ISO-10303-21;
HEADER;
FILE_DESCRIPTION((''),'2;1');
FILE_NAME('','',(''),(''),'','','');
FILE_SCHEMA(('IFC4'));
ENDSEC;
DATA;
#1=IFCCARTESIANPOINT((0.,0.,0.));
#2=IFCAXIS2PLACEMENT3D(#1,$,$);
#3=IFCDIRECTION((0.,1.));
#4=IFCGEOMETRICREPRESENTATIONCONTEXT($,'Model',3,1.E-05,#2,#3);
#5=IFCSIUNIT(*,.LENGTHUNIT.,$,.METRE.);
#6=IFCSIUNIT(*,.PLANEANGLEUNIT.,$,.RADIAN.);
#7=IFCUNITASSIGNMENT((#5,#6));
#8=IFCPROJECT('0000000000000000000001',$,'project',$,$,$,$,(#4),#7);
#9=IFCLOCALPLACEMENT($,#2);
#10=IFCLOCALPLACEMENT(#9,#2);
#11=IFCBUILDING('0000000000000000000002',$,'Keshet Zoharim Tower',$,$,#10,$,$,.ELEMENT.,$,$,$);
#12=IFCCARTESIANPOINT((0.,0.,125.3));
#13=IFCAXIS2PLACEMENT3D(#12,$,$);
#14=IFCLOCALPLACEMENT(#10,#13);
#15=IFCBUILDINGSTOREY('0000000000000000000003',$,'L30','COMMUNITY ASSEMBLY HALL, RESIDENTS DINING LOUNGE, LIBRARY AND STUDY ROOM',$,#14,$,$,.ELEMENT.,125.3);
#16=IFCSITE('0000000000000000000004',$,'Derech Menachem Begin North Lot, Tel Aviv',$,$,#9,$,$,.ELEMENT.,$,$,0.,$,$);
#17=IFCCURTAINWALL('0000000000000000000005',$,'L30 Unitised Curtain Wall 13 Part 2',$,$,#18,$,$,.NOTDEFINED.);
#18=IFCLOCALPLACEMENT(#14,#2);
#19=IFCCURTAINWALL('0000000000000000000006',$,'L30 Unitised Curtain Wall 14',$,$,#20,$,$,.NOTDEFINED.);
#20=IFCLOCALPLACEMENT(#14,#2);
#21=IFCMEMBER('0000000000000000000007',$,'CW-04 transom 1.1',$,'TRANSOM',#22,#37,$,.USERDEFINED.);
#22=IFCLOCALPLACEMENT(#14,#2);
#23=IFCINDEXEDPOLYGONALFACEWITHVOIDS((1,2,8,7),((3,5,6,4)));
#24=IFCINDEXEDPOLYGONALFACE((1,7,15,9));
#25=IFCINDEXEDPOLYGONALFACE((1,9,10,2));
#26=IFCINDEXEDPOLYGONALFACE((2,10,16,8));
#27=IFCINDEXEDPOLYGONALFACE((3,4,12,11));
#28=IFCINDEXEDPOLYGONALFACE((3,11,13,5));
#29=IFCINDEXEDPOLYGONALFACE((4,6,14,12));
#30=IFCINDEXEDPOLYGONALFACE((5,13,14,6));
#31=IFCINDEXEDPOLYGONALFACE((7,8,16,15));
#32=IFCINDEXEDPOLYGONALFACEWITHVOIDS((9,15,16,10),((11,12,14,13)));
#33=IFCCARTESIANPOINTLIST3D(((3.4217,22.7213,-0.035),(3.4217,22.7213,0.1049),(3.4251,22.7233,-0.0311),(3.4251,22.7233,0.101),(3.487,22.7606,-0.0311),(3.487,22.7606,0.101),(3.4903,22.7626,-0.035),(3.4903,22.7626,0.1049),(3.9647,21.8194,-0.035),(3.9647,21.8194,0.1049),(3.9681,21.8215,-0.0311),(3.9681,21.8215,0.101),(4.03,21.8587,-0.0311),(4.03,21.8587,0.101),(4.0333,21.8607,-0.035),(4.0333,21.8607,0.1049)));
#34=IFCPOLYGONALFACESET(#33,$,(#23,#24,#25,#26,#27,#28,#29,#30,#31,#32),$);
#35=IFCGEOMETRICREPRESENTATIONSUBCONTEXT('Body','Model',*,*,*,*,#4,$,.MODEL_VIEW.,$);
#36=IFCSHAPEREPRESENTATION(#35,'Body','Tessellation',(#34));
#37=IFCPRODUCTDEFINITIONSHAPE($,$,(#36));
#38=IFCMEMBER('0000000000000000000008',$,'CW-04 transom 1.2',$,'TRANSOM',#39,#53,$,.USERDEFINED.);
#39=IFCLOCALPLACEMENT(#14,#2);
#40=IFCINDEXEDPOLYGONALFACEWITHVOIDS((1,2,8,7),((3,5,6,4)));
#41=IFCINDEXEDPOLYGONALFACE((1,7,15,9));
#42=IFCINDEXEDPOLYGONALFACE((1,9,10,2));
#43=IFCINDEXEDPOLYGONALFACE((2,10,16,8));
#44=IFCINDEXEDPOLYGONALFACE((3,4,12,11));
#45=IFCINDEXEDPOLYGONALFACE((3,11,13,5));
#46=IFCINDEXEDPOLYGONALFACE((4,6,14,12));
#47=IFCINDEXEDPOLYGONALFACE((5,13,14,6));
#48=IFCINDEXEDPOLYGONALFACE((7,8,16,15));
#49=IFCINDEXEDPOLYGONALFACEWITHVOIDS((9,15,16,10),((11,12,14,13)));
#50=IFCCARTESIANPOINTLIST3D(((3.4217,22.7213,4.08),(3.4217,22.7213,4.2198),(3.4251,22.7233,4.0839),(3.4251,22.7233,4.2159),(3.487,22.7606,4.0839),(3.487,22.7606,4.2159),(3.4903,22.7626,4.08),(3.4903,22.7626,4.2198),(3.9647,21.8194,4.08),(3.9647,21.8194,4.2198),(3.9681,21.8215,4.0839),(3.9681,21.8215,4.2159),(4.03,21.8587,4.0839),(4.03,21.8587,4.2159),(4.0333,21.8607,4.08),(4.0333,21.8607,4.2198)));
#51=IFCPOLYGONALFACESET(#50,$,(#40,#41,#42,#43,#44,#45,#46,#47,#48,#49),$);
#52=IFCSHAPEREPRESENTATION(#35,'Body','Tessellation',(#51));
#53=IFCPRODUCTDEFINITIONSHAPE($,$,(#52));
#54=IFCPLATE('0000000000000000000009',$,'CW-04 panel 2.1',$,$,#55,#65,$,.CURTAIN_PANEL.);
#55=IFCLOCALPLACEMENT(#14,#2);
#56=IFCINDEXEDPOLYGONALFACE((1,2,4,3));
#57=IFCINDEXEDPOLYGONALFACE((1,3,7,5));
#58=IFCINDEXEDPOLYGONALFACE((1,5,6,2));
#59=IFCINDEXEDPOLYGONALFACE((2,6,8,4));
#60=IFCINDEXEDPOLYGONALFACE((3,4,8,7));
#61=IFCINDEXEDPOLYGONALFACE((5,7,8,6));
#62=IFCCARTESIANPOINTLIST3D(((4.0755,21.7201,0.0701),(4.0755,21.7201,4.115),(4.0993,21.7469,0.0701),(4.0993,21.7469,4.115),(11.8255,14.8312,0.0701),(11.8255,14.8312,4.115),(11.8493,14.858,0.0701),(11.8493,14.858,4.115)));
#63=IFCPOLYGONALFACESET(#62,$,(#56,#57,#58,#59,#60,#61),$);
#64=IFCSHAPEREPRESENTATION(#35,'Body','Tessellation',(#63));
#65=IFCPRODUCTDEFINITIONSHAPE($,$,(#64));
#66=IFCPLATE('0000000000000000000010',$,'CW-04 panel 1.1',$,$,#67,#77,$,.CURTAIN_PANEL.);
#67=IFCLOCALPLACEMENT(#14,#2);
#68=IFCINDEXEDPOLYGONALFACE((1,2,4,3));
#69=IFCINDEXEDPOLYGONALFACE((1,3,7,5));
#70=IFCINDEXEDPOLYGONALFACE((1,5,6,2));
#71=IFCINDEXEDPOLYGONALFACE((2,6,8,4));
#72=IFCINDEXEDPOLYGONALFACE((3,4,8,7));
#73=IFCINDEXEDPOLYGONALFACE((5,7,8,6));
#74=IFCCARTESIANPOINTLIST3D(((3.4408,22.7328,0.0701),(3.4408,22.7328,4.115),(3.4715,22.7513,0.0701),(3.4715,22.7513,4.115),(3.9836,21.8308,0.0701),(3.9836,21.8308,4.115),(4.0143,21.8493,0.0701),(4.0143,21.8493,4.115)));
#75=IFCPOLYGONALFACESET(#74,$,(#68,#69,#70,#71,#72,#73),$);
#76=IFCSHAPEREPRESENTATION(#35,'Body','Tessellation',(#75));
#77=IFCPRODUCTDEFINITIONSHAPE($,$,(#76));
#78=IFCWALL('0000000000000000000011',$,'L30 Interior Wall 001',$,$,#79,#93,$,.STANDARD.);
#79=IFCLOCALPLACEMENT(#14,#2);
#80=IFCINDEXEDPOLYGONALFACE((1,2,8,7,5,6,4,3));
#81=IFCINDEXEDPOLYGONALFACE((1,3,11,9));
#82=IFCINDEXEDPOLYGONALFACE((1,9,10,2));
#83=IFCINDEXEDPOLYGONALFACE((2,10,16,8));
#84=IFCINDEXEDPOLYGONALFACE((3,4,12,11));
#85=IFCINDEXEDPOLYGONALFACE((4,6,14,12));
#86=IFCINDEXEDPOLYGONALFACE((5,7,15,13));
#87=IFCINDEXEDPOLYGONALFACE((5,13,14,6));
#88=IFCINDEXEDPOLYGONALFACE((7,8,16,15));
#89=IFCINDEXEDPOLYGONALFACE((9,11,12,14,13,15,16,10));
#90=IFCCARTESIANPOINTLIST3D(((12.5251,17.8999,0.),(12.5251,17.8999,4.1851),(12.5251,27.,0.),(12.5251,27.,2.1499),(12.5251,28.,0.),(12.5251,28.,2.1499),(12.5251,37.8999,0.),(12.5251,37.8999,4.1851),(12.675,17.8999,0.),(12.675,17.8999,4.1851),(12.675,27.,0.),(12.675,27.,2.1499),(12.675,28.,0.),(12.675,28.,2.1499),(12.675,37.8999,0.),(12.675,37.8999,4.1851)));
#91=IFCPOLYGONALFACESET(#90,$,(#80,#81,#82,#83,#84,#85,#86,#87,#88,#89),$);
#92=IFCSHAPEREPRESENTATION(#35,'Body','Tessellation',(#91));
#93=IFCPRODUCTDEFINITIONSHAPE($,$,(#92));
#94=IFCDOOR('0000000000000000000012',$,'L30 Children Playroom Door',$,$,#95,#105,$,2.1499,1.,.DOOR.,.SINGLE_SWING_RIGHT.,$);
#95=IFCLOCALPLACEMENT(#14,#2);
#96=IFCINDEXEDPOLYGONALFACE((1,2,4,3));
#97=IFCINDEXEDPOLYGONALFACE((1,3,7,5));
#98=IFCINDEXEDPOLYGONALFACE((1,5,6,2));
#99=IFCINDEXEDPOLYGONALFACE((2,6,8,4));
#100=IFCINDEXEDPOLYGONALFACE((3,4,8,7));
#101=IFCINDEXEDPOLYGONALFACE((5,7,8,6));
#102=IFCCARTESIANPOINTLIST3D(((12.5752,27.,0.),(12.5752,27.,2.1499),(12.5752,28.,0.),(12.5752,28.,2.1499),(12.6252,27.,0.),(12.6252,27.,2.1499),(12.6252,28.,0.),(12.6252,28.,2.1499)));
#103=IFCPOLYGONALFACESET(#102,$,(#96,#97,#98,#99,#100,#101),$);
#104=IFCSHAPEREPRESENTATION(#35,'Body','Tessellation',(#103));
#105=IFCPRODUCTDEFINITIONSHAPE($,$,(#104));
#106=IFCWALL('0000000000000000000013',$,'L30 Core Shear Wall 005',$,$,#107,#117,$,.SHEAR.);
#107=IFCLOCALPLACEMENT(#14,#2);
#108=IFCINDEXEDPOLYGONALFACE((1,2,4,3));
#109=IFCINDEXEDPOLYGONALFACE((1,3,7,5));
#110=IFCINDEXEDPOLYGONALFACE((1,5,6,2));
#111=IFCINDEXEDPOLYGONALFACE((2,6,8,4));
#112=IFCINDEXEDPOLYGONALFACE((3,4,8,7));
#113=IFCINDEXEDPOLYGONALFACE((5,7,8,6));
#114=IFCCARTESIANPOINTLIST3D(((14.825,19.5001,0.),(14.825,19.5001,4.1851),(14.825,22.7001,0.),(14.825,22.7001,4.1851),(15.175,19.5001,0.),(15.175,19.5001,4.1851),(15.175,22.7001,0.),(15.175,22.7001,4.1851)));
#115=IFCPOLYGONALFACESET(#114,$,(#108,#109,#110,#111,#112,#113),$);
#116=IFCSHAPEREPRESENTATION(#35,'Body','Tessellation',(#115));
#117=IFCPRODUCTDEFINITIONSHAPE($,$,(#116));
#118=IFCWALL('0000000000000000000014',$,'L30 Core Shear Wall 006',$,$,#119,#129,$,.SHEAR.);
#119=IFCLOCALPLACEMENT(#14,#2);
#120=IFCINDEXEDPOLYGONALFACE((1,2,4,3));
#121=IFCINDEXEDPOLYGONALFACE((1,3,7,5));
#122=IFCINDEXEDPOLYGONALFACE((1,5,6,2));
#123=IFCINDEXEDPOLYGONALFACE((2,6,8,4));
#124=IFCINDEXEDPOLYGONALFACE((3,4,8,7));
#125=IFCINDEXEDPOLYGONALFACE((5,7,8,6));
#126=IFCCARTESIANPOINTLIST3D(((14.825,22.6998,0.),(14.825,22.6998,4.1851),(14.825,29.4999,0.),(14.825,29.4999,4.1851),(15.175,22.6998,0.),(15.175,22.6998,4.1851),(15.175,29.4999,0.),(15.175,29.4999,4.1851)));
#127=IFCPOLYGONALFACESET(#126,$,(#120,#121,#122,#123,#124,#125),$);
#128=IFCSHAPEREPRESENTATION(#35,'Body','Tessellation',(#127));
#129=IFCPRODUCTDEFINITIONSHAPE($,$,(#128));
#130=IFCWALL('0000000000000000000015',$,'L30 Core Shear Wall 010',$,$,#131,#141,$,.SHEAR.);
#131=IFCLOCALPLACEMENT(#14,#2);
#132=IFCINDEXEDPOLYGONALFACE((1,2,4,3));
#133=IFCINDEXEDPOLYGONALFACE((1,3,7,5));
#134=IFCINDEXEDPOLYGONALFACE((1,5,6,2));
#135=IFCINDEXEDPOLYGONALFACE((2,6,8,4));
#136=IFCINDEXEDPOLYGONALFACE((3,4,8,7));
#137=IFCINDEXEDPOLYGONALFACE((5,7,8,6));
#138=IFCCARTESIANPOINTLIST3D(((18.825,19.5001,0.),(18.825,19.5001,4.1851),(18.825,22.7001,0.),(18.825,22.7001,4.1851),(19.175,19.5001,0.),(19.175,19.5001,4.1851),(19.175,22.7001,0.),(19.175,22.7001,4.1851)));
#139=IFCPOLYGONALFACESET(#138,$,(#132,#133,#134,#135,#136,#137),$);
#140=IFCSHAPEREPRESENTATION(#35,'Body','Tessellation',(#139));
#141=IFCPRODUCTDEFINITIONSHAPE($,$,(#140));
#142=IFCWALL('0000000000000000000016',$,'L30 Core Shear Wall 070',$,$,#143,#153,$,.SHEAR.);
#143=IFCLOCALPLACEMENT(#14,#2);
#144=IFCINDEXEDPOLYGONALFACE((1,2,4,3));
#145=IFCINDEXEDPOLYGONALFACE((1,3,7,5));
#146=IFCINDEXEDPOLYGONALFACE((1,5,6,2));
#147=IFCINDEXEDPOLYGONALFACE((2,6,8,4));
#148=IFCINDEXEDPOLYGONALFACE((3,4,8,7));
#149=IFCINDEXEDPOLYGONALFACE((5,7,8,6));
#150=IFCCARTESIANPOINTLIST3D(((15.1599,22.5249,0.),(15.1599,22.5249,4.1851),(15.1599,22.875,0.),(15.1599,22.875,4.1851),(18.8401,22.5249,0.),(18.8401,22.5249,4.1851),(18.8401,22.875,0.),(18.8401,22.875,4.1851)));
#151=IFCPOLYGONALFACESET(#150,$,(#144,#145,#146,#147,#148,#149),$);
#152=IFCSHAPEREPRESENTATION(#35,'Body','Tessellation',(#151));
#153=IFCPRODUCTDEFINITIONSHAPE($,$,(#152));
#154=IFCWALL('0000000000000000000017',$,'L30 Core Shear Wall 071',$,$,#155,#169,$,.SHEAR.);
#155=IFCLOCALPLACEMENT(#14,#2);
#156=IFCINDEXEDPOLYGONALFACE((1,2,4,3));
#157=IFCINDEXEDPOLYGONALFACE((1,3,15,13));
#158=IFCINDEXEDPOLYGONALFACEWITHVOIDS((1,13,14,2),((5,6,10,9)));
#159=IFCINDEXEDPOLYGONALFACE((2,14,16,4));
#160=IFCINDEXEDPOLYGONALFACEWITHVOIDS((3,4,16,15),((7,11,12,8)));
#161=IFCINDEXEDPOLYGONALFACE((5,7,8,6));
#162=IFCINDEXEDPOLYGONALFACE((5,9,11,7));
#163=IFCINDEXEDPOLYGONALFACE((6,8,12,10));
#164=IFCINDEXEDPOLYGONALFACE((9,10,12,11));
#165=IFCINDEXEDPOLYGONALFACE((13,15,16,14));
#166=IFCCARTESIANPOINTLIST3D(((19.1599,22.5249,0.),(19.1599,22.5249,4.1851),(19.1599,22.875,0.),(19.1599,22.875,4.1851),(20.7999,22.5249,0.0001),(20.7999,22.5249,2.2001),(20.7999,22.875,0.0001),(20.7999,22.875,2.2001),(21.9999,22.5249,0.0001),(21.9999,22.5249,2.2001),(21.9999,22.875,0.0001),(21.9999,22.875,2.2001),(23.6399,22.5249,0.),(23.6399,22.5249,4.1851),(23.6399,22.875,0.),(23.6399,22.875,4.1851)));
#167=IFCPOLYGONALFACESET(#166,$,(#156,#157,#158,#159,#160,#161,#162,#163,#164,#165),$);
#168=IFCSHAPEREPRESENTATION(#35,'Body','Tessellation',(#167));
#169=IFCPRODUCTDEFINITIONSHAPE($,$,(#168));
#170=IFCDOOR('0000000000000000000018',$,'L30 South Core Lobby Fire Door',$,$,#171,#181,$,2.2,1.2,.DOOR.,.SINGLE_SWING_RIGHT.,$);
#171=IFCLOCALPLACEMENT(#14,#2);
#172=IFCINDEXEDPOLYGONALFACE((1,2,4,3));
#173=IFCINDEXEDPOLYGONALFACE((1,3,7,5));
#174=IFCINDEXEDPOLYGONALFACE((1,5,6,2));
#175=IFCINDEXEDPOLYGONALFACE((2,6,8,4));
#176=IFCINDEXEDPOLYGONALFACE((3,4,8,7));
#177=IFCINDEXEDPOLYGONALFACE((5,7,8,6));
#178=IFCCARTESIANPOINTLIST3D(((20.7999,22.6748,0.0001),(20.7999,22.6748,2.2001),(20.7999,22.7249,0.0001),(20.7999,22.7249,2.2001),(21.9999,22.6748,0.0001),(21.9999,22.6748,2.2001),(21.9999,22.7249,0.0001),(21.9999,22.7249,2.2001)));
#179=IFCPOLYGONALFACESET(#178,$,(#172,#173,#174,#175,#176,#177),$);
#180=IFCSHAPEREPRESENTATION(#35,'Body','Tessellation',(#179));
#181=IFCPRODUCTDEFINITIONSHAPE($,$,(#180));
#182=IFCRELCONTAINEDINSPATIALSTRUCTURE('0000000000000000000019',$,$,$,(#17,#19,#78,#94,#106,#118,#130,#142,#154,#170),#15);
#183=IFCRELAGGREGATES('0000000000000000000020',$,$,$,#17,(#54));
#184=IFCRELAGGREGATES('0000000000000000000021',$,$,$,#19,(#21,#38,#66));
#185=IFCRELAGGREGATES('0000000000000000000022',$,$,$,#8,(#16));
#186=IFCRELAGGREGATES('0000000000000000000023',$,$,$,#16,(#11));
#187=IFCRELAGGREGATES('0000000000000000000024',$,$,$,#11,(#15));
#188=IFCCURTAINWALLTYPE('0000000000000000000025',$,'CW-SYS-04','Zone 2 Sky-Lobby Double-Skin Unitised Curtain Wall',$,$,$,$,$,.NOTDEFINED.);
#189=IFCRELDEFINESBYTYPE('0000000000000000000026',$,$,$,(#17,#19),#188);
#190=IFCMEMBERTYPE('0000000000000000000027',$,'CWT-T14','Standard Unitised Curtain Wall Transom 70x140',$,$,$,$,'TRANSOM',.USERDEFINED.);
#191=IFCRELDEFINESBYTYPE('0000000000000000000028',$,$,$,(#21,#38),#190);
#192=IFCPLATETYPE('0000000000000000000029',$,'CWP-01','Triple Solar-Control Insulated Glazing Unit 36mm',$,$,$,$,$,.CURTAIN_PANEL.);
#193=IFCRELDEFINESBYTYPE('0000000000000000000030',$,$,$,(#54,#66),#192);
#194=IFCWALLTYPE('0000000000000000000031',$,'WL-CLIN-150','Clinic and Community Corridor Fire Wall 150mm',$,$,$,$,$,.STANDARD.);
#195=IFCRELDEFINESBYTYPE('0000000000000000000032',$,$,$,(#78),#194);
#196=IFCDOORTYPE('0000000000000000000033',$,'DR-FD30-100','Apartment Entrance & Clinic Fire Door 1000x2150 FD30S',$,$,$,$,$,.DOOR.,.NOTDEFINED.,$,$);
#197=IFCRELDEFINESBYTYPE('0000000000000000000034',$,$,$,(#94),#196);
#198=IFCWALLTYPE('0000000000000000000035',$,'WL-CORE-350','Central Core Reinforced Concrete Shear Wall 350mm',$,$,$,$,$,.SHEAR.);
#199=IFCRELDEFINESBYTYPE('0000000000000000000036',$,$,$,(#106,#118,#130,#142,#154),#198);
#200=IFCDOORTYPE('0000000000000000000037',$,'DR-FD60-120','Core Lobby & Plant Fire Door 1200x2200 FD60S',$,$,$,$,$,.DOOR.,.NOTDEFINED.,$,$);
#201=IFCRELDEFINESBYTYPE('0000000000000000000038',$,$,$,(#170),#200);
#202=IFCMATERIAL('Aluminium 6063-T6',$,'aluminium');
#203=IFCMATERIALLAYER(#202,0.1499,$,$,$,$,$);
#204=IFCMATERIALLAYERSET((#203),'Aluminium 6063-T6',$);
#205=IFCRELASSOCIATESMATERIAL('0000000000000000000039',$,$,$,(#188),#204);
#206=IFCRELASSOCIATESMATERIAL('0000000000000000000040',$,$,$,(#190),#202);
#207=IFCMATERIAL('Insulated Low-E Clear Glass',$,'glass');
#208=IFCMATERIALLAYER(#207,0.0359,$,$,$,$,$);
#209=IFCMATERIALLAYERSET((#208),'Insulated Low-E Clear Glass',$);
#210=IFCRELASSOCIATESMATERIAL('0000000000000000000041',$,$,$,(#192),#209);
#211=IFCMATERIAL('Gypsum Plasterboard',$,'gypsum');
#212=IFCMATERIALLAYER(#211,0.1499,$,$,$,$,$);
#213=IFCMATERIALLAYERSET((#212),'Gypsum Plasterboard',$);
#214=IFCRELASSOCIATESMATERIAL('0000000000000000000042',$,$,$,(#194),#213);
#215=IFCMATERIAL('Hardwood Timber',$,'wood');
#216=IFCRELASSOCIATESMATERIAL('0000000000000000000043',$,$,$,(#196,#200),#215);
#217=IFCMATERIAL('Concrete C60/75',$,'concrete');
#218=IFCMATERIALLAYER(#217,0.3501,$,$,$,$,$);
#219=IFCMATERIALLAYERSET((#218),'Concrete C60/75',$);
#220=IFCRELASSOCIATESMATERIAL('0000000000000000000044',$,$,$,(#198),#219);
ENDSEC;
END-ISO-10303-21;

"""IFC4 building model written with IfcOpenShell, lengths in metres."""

from ifc_helpers import new_model, si_unit, direction, frame, frame_2d, origin, origin_2d, place, context, subcontext, project, spatial, rectangle, hollow_rectangle, extrude, material, layer, layer_set, material_profile, profile_set, type_object, element, fill, aggregate, save


model = new_model("IFC4")

# Units and contexts
model_context = context("Model", 3, precision=1e-05, world=origin(), true_north=direction((0.0, 1.0)))
body_context = subcontext(model_context, "Body", "Model", "MODEL_VIEW")
ifc_project = project(units=[si_unit("LENGTHUNIT", "METRE"), si_unit("PLANEANGLEUNIT", "RADIAN")], contexts=[model_context])

# Site, building, storey
site_placement = place(None, origin())
site = spatial("IfcSite", under=ifc_project, at=site_placement, Name="Derech Menachem Begin North Lot, Tel Aviv", CompositionType="ELEMENT", RefElevation=0.0)
building_placement = place(site_placement, origin())
building = spatial("IfcBuilding", under=site, at=building_placement, Name="Keshet Zoharim Tower", CompositionType="ELEMENT")
storey_placement = place(building_placement, frame((0.0, 0.0, 125.3)))
storey = spatial("IfcBuildingStorey", under=building, at=storey_placement, Name="L30", Description="COMMUNITY ASSEMBLY HALL, RESIDENTS DINING LOUNGE, LIBRARY AND STUDY ROOM", CompositionType="ELEMENT", Elevation=125.3)

# Shared definitions
ifc_material_1 = material(Name="Concrete C60/75", Category="concrete")

# Curtain wall
ifc_material_2 = material(Name="Aluminium 6063-T6", Category="aluminium")
ifc_layer_1 = layer(ifc_material_2, 0.1499)
ifc_layer_set_1 = layer_set([ifc_layer_1], Name="Aluminium 6063-T6")
curtain_wall_type = type_object("IfcCurtainWallType", Name="CW-SYS-04", Description="Zone 2 Sky-Lobby Double-Skin Unitised Curtain Wall", PredefinedType="NOTDEFINED", material=ifc_layer_set_1)
curtain_wall_1_placement = place(storey_placement, origin())
curtain_wall_1 = element("IfcCurtainWall", 1, at=curtain_wall_1_placement, inside=storey, type_object=curtain_wall_type, Name="L30 Unitised Curtain Wall 13 Part 2", PredefinedType="NOTDEFINED")

# Curtain wall, members
curtain_wall_2_placement = place(storey_placement, origin())
curtain_wall_2 = element("IfcCurtainWall", 2, at=curtain_wall_2_placement, inside=storey, type_object=curtain_wall_type, Name="L30 Unitised Curtain Wall 14", PredefinedType="NOTDEFINED")
ifc_material_profile_1 = material_profile(ifc_material_2, hollow_rectangle(XDim=0.0801, YDim=0.1399, WallThickness=0.0039, at=origin_2d()), Name="TRN-80x140")
ifc_profile_set_1 = profile_set([ifc_material_profile_1], Name="Aluminium 6063-T6")
member_type_1 = type_object("IfcMemberType", Name="CWT-T14", Description="Standard Unitised Curtain Wall Transom 70x140", ElementType="TRANSOM", PredefinedType="USERDEFINED", material=ifc_profile_set_1)
member_1_placement = place(storey_placement, frame((3.999, 21.8401, 0.0349), z_axis=(-0.515791, 0.856714, 0.0), x_axis=(-0.856714, -0.515791, 0.0)))
member_1 = element("IfcMember", 3, at=member_1_placement, type_object=member_type_1, Name="CW-04 transom 1.1", ObjectType="TRANSOM", PredefinedType="USERDEFINED", context=body_context, shape_type="SweptSolid", body=[
    extrude(hollow_rectangle(XDim=0.0801, YDim=0.1399, WallThickness=0.0039, at=origin_2d()), origin(), (0.0, 0.0, 1.0), 1.0527),
])
member_2_placement = place(storey_placement, frame((3.999, 21.8401, 4.1499), z_axis=(-0.515791, 0.856714, 0.0), x_axis=(-0.856714, -0.515791, 0.0)))
member_2 = element("IfcMember", 4, at=member_2_placement, type_object=member_type_1, Name="CW-04 transom 1.2", ObjectType="TRANSOM", PredefinedType="USERDEFINED", context=body_context, shape_type="SweptSolid", body=[
    extrude(hollow_rectangle(XDim=0.0801, YDim=0.1399, WallThickness=0.0039, at=origin_2d()), origin(), (0.0, 0.0, 1.0), 1.0527),
])

# Plates
ifc_material_3 = material(Name="Insulated Low-E Clear Glass", Category="glass")
ifc_layer_2 = layer(ifc_material_3, 0.0359)
ifc_layer_set_2 = layer_set([ifc_layer_2], Name="Insulated Low-E Clear Glass")
plate_type = type_object("IfcPlateType", Name="CWP-01", Description="Triple Solar-Control Insulated Glazing Unit 36mm", PredefinedType="CURTAIN_PANEL", material=ifc_layer_set_2)
plate_1_placement = place(storey_placement, frame((7.9624, 18.2891, 0.0701), z_axis=(0.0, 0.0, 1.0), x_axis=(-0.74741, 0.664363, 0.0)))
plate_1 = element("IfcPlate", 5, at=plate_1_placement, type_object=plate_type, Name="CW-04 panel 2.1", PredefinedType="CURTAIN_PANEL", context=body_context, shape_type="SweptSolid", body=[
    extrude(rectangle(XDim=10.3691, YDim=0.0359, at=origin_2d()), origin(), (0.0, 0.0, 1.0), 4.0449),
])
aggregate(curtain_wall_1, [plate_1])
plate_2_placement = place(storey_placement, frame((3.7275, 22.291, 0.0701), z_axis=(0.0, 0.0, 1.0), x_axis=(-0.515605, 0.856826, 0.0)))
plate_2 = element("IfcPlate", 6, at=plate_2_placement, type_object=plate_type, Name="CW-04 panel 1.1", PredefinedType="CURTAIN_PANEL", context=body_context, shape_type="SweptSolid", body=[
    extrude(rectangle(XDim=1.0527, YDim=0.0359, at=origin_2d()), origin(), (0.0, 0.0, 1.0), 4.0449),
])
aggregate(curtain_wall_2, [member_1, member_2, plate_2])

# Wall, opening, door
ifc_material_4 = material(Name="Gypsum Plasterboard", Category="gypsum")
ifc_layer_3 = layer(ifc_material_4, 0.1499)
ifc_layer_set_3 = layer_set([ifc_layer_3], Name="Gypsum Plasterboard")
wall_type_1 = type_object("IfcWallType", Name="WL-CLIN-150", Description="Clinic and Community Corridor Fire Wall 150mm", PredefinedType="STANDARD", material=ifc_layer_set_3)
wall_1_placement = place(storey_placement, frame((12.6001, 17.8999, 0.0), z_axis=(0.0, 0.0, 1.0), x_axis=(0.0, 1.0, 0.0)))
wall_1 = element("IfcWall", 7, at=wall_1_placement, inside=storey, type_object=wall_type_1, Name="L30 Interior Wall 001", PredefinedType="STANDARD", context=body_context, shape_type="SweptSolid", body=[
    extrude(rectangle(XDim=20.0, YDim=0.1499, at=frame_2d((10.0, 0.0))), origin(), (0.0, 0.0, 1.0), 4.1851),
])
opening_1_placement = place(wall_1_placement, frame((9.1001, 0.0, 0.0)))
opening_1 = element("IfcOpeningElement", 8, at=opening_1_placement, cuts=wall_1, PredefinedType="OPENING", context=body_context, shape_type="SweptSolid", body=[
    extrude(rectangle(XDim=1.0, YDim=2.1499, at=frame_2d((0.5, 1.075))), frame((0.0, 0.085, 0.0), z_axis=(0.0, -1.0, 0.0), x_axis=(1.0, 0.0, 0.0)), (0.0, 0.0, 1.0), 0.1699),
])
ifc_material_5 = material(Name="Hardwood Timber", Category="wood")
door_type_1 = type_object("IfcDoorType", Name="DR-FD30-100", Description="Apartment Entrance & Clinic Fire Door 1000x2150 FD30S", OperationType="NOTDEFINED", PredefinedType="DOOR", material=ifc_material_5)
door_1_placement = place(opening_1_placement, origin())
door_1 = element("IfcDoor", 9, at=door_1_placement, inside=storey, type_object=door_type_1, Name="L30 Children Playroom Door", OperationType="SINGLE_SWING_RIGHT", OverallHeight=2.1499, OverallWidth=1.0, PredefinedType="DOOR", context=body_context, shape_type="SweptSolid", body=[
    extrude(rectangle(XDim=1.0, YDim=2.1499, at=frame_2d((0.5, 1.075))), frame((0.0, 0.0249, 0.0), z_axis=(0.0, -1.0, 0.0), x_axis=(1.0, 0.0, 0.0)), (0.0, 0.0, 1.0), 0.05),
])
fill(opening_1, door_1)

# Walls
ifc_layer_4 = layer(ifc_material_1, 0.3501)
ifc_layer_set_4 = layer_set([ifc_layer_4], Name="Concrete C60/75")
wall_type_2 = type_object("IfcWallType", Name="WL-CORE-350", Description="Central Core Reinforced Concrete Shear Wall 350mm", PredefinedType="SHEAR", material=ifc_layer_set_4)
wall_2_placement = place(storey_placement, frame((15.0, 19.5, 0.0), z_axis=(0.0, 0.0, 1.0), x_axis=(0.0, 1.0, 0.0)))
element("IfcWall", 10, at=wall_2_placement, inside=storey, type_object=wall_type_2, Name="L30 Core Shear Wall 005", PredefinedType="SHEAR", context=body_context, shape_type="SweptSolid", body=[
    extrude(rectangle(XDim=3.2, YDim=0.3501, at=frame_2d((1.6001, 0.0))), origin(), (0.0, 0.0, 1.0), 4.1851),
])
wall_3_placement = place(storey_placement, frame((15.0, 22.7, 0.0), z_axis=(0.0, 0.0, 1.0), x_axis=(0.0, 1.0, 0.0)))
element("IfcWall", 11, at=wall_3_placement, inside=storey, type_object=wall_type_2, Name="L30 Core Shear Wall 006", PredefinedType="SHEAR", context=body_context, shape_type="SweptSolid", body=[
    extrude(rectangle(XDim=6.8, YDim=0.3501, at=frame_2d((3.3999, 0.0))), origin(), (0.0, 0.0, 1.0), 4.1851),
])
wall_4_placement = place(storey_placement, frame((19.0, 19.5, 0.0), z_axis=(0.0, 0.0, 1.0), x_axis=(0.0, 1.0, 0.0)))
element("IfcWall", 12, at=wall_4_placement, inside=storey, type_object=wall_type_2, Name="L30 Core Shear Wall 010", PredefinedType="SHEAR", context=body_context, shape_type="SweptSolid", body=[
    extrude(rectangle(XDim=3.2, YDim=0.3501, at=frame_2d((1.6001, 0.0))), origin(), (0.0, 0.0, 1.0), 4.1851),
])

# Wall
wall_5_placement = place(storey_placement, frame((15.1599, 22.7, 0.0), z_axis=(0.0, 0.0, 1.0), x_axis=(1.0, 0.0, 0.0)))
element("IfcWall", 13, at=wall_5_placement, inside=storey, type_object=wall_type_2, Name="L30 Core Shear Wall 070", PredefinedType="SHEAR", context=body_context, shape_type="SweptSolid", body=[
    extrude(rectangle(XDim=3.6802, YDim=0.3501, at=frame_2d((1.8401, 0.0))), origin(), (0.0, 0.0, 1.0), 4.1851),
])

# Wall, opening, door
wall_6_placement = place(storey_placement, frame((19.1599, 22.7, 0.0), z_axis=(0.0, 0.0, 1.0), x_axis=(1.0, 0.0, 0.0)))
wall_6 = element("IfcWall", 14, at=wall_6_placement, inside=storey, type_object=wall_type_2, Name="L30 Core Shear Wall 071", PredefinedType="SHEAR", context=body_context, shape_type="SweptSolid", body=[
    extrude(rectangle(XDim=4.48, YDim=0.3501, at=frame_2d((2.24, 0.0))), origin(), (0.0, 0.0, 1.0), 4.1851),
])
opening_2_placement = place(wall_6_placement, frame((1.6399, 0.0, 0.0)))
opening_2 = element("IfcOpeningElement", 15, at=opening_2_placement, cuts=wall_6, PredefinedType="OPENING", context=body_context, shape_type="SweptSolid", body=[
    extrude(rectangle(XDim=1.2, YDim=2.2, at=frame_2d((0.6001, 1.1001))), frame((0.0, 0.1851, 0.0), z_axis=(0.0, -1.0, 0.0), x_axis=(1.0, 0.0, 0.0)), (0.0, 0.0, 1.0), 0.3701),
])
door_type_2 = type_object("IfcDoorType", Name="DR-FD60-120", Description="Core Lobby & Plant Fire Door 1200x2200 FD60S", OperationType="NOTDEFINED", PredefinedType="DOOR", material=ifc_material_5)
door_2_placement = place(opening_2_placement, origin())
door_2 = element("IfcDoor", 16, at=door_2_placement, inside=storey, type_object=door_type_2, Name="L30 South Core Lobby Fire Door", OperationType="SINGLE_SWING_RIGHT", OverallHeight=2.2, OverallWidth=1.2, PredefinedType="DOOR", context=body_context, shape_type="SweptSolid", body=[
    extrude(rectangle(XDim=1.2, YDim=2.2, at=frame_2d((0.6001, 1.1001))), frame((0.0, 0.0249, 0.0), z_axis=(0.0, -1.0, 0.0), x_axis=(1.0, 0.0, 0.0)), (0.0, 0.0, 1.0), 0.05),
])
fill(opening_2, door_2)

save(model, "model.ifc")
